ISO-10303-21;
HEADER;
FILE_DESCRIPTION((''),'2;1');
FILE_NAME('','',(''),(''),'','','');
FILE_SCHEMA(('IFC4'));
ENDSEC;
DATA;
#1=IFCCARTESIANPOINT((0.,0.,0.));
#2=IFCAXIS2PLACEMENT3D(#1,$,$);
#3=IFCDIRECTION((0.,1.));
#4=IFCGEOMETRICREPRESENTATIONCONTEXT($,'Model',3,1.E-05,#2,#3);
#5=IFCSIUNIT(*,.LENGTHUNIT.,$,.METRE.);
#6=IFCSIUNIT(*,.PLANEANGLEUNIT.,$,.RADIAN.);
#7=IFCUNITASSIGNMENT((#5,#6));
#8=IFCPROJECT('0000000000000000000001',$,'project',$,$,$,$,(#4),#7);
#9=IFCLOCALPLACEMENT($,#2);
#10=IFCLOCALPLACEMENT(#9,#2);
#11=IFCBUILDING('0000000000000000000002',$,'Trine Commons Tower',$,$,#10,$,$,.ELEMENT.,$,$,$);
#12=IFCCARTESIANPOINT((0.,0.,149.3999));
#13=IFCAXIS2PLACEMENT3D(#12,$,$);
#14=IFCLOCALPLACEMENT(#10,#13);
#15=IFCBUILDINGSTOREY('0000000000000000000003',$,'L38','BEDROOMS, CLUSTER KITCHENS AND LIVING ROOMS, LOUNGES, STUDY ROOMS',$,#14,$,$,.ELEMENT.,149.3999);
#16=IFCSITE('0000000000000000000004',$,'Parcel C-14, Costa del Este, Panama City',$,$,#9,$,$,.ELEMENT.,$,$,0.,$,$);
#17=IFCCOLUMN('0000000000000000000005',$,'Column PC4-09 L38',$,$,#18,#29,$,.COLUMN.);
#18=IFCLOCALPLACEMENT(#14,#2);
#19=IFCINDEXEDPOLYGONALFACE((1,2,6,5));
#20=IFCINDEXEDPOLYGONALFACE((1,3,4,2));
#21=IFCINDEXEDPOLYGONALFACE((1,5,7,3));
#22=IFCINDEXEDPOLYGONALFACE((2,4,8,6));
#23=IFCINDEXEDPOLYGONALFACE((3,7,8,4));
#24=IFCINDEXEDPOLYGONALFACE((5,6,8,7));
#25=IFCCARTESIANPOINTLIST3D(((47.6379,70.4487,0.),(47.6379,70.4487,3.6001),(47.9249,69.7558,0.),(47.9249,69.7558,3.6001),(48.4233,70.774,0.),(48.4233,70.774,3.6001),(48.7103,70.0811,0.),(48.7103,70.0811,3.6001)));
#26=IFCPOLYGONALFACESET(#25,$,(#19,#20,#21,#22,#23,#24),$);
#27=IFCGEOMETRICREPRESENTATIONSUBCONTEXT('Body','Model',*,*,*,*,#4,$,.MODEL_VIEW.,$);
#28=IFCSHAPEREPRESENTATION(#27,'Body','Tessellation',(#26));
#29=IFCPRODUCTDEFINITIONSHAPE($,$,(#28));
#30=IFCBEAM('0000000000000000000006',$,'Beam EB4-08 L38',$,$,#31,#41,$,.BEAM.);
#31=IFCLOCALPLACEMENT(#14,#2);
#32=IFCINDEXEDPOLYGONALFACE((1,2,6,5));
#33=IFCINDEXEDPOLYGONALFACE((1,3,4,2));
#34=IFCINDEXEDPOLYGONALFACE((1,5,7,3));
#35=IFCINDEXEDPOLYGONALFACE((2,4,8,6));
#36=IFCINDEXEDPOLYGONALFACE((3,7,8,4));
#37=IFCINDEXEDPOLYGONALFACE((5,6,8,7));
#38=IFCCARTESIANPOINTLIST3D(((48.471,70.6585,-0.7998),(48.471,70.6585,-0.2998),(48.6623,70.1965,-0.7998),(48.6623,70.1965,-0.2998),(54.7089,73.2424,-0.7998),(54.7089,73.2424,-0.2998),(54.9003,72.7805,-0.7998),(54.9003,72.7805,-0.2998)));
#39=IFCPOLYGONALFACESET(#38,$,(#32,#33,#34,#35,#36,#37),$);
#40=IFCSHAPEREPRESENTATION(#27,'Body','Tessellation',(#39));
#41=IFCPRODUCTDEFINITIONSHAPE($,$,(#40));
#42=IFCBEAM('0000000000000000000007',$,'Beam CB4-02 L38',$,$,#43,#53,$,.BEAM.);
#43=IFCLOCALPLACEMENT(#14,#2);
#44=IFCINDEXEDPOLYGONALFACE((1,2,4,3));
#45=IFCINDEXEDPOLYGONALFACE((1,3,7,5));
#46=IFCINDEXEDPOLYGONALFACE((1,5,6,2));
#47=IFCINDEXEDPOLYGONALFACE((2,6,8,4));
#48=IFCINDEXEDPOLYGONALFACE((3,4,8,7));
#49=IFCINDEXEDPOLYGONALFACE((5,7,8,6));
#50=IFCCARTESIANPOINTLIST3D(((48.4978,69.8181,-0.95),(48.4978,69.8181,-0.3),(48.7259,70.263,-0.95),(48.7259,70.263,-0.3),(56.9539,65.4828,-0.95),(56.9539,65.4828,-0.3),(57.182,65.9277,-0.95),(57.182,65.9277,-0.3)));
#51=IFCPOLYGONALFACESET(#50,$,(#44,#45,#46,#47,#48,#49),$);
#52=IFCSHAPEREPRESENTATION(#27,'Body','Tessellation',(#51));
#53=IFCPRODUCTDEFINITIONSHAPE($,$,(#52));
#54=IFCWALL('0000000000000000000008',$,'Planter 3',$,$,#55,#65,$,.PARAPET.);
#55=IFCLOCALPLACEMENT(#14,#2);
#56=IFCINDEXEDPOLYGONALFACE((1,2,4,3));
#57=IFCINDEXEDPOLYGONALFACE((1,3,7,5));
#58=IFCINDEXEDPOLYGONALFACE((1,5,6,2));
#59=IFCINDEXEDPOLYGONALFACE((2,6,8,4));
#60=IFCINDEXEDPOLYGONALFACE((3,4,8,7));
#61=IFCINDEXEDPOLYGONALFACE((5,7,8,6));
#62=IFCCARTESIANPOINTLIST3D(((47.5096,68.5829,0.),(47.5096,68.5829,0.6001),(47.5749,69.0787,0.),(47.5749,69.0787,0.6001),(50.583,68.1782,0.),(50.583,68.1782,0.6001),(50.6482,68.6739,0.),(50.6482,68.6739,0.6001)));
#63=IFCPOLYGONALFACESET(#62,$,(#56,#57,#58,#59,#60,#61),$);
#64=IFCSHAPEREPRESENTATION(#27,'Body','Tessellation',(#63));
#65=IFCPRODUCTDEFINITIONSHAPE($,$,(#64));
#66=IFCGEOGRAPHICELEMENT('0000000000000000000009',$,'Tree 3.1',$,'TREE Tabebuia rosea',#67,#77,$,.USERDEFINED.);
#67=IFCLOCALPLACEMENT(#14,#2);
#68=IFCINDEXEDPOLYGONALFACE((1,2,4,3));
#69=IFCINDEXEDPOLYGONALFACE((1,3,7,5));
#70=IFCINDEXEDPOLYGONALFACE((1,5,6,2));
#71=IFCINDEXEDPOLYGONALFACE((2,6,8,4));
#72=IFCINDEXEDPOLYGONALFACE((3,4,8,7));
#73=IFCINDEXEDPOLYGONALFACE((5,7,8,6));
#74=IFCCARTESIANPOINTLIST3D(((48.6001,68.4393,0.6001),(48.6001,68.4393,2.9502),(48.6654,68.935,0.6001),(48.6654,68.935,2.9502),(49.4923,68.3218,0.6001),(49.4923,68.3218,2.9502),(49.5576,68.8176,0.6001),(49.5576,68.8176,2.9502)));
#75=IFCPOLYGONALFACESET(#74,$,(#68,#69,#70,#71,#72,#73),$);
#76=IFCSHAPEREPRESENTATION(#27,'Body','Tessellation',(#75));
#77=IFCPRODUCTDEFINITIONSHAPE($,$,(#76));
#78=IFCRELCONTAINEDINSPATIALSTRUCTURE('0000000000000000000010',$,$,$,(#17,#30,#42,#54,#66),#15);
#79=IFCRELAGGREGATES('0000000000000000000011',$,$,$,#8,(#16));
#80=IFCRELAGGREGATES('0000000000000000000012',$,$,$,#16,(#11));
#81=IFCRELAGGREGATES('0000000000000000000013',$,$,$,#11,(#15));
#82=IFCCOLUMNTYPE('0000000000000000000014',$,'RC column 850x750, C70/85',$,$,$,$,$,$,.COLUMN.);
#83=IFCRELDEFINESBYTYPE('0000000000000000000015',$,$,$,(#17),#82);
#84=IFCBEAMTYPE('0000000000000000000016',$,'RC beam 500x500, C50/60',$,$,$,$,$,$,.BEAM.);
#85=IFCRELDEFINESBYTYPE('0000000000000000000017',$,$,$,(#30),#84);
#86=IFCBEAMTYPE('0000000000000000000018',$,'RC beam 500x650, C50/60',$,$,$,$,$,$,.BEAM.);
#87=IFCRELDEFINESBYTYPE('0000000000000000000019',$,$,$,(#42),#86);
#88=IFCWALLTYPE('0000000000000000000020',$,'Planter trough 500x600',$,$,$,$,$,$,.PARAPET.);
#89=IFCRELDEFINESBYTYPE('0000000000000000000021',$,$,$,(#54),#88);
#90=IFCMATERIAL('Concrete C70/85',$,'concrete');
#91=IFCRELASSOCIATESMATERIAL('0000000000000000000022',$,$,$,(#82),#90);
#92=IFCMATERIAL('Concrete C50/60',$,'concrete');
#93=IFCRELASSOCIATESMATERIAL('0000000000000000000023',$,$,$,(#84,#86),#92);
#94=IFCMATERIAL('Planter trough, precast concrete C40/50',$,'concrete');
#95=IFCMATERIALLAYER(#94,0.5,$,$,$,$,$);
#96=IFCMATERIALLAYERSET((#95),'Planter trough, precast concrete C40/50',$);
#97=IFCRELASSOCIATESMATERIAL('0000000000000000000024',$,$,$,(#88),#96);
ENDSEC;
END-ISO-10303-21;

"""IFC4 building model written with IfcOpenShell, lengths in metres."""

from ifc_helpers import new_model, si_unit, direction, frame, frame_2d, origin, origin_2d, place, context, subcontext, project, spatial, rectangle, extrude, material, layer, layer_set, material_profile, profile_set, type_object, element, save


model = new_model("IFC4")

# Units and contexts
model_context = context("Model", 3, precision=1e-05, world=origin(), true_north=direction((0.0, 1.0)))
body_context = subcontext(model_context, "Body", "Model", "MODEL_VIEW")
ifc_project = project(units=[si_unit("LENGTHUNIT", "METRE"), si_unit("PLANEANGLEUNIT", "RADIAN")], contexts=[model_context])

# Site, building, storey
site_placement = place(None, origin())
site = spatial("IfcSite", under=ifc_project, at=site_placement, Name="Parcel C-14, Costa del Este, Panama City", CompositionType="ELEMENT", RefElevation=0.0)
building_placement = place(site_placement, origin())
building = spatial("IfcBuilding", under=site, at=building_placement, Name="Trine Commons Tower", CompositionType="ELEMENT")
storey_placement = place(building_placement, frame((0.0, 0.0, 149.3999)))
storey = spatial("IfcBuildingStorey", under=building, at=storey_placement, Name="L38", Description="BEDROOMS, CLUSTER KITCHENS AND LIVING ROOMS, LOUNGES, STUDY ROOMS", CompositionType="ELEMENT", Elevation=149.3999)

# Column
ifc_material_1 = material(Name="Concrete C70/85", Category="concrete")
ifc_material_profile_1 = material_profile(ifc_material_1, rectangle(XDim=0.8501, YDim=0.75, at=origin_2d()), Name="RC 850x750")
ifc_profile_set_1 = profile_set([ifc_material_profile_1], Name="Concrete C70/85")
column_type = type_object("IfcColumnType", Name="RC column 850x750, C70/85", PredefinedType="COLUMN", material=ifc_profile_set_1)
column_placement = place(storey_placement, frame((48.1741, 70.2649, 0.0), z_axis=(0.0, 0.0, 1.0), x_axis=(0.92388, 0.382683, 0.0)))
element("IfcColumn", 1, at=column_placement, inside=storey, type_object=column_type, Name="Column PC4-09 L38", PredefinedType="COLUMN", context=body_context, shape_type="SweptSolid", body=[
    extrude(rectangle(XDim=0.8501, YDim=0.75, at=origin_2d()), origin(), (0.0, 0.0, 1.0), 3.6001),
])

# Beams
ifc_material_2 = material(Name="Concrete C50/60", Category="concrete")
ifc_material_profile_2 = material_profile(ifc_material_2, rectangle(XDim=0.5, YDim=0.5, at=origin_2d()), Name="RC 500x500")
ifc_profile_set_2 = profile_set([ifc_material_profile_2], Name="Concrete C50/60")
beam_type_1 = type_object("IfcBeamType", Name="RC beam 500x500, C50/60", PredefinedType="BEAM", material=ifc_profile_set_2)
beam_1_placement = place(storey_placement, frame((48.5667, 70.4275, -0.5498), z_axis=(0.923874, 0.382697, 0.0), x_axis=(-0.382697, 0.923874, 0.0)))
element("IfcBeam", 2, at=beam_1_placement, inside=storey, type_object=beam_type_1, Name="Beam EB4-08 L38", PredefinedType="BEAM", context=body_context, shape_type="SweptSolid", body=[
    extrude(rectangle(XDim=0.5, YDim=0.5, at=origin_2d()), origin(), (0.0, 0.0, 1.0), 6.752),
])
ifc_material_profile_3 = material_profile(ifc_material_2, rectangle(XDim=0.5, YDim=0.6499, at=origin_2d()), Name="RC 500x650")
ifc_profile_set_3 = profile_set([ifc_material_profile_3], Name="Concrete C50/60")
beam_type_2 = type_object("IfcBeamType", Name="RC beam 500x650, C50/60", PredefinedType="BEAM", material=ifc_profile_set_3)
beam_2_placement = place(storey_placement, frame((48.6118, 70.0405, -0.625), z_axis=(0.88987, -0.456214, 0.0), x_axis=(0.456214, 0.88987, 0.0)))
element("IfcBeam", 3, at=beam_2_placement, inside=storey, type_object=beam_type_2, Name="Beam CB4-02 L38", PredefinedType="BEAM", context=body_context, shape_type="SweptSolid", body=[
    extrude(rectangle(XDim=0.5, YDim=0.6499, at=origin_2d()), origin(), (0.0, 0.0, 1.0), 9.5027),
])

# Wall
ifc_material_3 = material(Name="Planter trough, precast concrete C40/50", Category="concrete")
ifc_layer_1 = layer(ifc_material_3, 0.5)
ifc_layer_set_1 = layer_set([ifc_layer_1], Name="Planter trough, precast concrete C40/50")
wall_type_1 = type_object("IfcWallType", Name="Planter trough 500x600", PredefinedType="PARAPET", material=ifc_layer_set_1)
wall_1_placement = place(storey_placement, frame((50.6155, 68.426, 0.0), z_axis=(0.0, 0.0, 1.0), x_axis=(-0.991437, 0.130585, 0.0)))
element("IfcWall", 4, at=wall_1_placement, inside=storey, type_object=wall_type_1, Name="Planter 3", PredefinedType="PARAPET", context=body_context, shape_type="SweptSolid", body=[
    extrude(rectangle(XDim=3.0999, YDim=0.5, at=frame_2d((1.5498, 0.0))), origin(), (0.0, 0.0, 1.0), 0.6001),
])

# Geographic element
geographic_element_placement = place(storey_placement, frame((49.0789, 68.6284, 0.6001), z_axis=(0.0, 0.0, 1.0), x_axis=(-0.991446, 0.130518, 0.0)))
element("IfcGeographicElement", 5, at=geographic_element_placement, inside=storey, Name="Tree 3.1", ObjectType="TREE Tabebuia rosea", PredefinedType="USERDEFINED", context=body_context, shape_type="SweptSolid", body=[
    extrude(rectangle(XDim=0.8999, YDim=0.5, at=origin_2d()), origin(), (0.0, 0.0, 1.0), 2.3501),
])

save(model, "model.ifc")
